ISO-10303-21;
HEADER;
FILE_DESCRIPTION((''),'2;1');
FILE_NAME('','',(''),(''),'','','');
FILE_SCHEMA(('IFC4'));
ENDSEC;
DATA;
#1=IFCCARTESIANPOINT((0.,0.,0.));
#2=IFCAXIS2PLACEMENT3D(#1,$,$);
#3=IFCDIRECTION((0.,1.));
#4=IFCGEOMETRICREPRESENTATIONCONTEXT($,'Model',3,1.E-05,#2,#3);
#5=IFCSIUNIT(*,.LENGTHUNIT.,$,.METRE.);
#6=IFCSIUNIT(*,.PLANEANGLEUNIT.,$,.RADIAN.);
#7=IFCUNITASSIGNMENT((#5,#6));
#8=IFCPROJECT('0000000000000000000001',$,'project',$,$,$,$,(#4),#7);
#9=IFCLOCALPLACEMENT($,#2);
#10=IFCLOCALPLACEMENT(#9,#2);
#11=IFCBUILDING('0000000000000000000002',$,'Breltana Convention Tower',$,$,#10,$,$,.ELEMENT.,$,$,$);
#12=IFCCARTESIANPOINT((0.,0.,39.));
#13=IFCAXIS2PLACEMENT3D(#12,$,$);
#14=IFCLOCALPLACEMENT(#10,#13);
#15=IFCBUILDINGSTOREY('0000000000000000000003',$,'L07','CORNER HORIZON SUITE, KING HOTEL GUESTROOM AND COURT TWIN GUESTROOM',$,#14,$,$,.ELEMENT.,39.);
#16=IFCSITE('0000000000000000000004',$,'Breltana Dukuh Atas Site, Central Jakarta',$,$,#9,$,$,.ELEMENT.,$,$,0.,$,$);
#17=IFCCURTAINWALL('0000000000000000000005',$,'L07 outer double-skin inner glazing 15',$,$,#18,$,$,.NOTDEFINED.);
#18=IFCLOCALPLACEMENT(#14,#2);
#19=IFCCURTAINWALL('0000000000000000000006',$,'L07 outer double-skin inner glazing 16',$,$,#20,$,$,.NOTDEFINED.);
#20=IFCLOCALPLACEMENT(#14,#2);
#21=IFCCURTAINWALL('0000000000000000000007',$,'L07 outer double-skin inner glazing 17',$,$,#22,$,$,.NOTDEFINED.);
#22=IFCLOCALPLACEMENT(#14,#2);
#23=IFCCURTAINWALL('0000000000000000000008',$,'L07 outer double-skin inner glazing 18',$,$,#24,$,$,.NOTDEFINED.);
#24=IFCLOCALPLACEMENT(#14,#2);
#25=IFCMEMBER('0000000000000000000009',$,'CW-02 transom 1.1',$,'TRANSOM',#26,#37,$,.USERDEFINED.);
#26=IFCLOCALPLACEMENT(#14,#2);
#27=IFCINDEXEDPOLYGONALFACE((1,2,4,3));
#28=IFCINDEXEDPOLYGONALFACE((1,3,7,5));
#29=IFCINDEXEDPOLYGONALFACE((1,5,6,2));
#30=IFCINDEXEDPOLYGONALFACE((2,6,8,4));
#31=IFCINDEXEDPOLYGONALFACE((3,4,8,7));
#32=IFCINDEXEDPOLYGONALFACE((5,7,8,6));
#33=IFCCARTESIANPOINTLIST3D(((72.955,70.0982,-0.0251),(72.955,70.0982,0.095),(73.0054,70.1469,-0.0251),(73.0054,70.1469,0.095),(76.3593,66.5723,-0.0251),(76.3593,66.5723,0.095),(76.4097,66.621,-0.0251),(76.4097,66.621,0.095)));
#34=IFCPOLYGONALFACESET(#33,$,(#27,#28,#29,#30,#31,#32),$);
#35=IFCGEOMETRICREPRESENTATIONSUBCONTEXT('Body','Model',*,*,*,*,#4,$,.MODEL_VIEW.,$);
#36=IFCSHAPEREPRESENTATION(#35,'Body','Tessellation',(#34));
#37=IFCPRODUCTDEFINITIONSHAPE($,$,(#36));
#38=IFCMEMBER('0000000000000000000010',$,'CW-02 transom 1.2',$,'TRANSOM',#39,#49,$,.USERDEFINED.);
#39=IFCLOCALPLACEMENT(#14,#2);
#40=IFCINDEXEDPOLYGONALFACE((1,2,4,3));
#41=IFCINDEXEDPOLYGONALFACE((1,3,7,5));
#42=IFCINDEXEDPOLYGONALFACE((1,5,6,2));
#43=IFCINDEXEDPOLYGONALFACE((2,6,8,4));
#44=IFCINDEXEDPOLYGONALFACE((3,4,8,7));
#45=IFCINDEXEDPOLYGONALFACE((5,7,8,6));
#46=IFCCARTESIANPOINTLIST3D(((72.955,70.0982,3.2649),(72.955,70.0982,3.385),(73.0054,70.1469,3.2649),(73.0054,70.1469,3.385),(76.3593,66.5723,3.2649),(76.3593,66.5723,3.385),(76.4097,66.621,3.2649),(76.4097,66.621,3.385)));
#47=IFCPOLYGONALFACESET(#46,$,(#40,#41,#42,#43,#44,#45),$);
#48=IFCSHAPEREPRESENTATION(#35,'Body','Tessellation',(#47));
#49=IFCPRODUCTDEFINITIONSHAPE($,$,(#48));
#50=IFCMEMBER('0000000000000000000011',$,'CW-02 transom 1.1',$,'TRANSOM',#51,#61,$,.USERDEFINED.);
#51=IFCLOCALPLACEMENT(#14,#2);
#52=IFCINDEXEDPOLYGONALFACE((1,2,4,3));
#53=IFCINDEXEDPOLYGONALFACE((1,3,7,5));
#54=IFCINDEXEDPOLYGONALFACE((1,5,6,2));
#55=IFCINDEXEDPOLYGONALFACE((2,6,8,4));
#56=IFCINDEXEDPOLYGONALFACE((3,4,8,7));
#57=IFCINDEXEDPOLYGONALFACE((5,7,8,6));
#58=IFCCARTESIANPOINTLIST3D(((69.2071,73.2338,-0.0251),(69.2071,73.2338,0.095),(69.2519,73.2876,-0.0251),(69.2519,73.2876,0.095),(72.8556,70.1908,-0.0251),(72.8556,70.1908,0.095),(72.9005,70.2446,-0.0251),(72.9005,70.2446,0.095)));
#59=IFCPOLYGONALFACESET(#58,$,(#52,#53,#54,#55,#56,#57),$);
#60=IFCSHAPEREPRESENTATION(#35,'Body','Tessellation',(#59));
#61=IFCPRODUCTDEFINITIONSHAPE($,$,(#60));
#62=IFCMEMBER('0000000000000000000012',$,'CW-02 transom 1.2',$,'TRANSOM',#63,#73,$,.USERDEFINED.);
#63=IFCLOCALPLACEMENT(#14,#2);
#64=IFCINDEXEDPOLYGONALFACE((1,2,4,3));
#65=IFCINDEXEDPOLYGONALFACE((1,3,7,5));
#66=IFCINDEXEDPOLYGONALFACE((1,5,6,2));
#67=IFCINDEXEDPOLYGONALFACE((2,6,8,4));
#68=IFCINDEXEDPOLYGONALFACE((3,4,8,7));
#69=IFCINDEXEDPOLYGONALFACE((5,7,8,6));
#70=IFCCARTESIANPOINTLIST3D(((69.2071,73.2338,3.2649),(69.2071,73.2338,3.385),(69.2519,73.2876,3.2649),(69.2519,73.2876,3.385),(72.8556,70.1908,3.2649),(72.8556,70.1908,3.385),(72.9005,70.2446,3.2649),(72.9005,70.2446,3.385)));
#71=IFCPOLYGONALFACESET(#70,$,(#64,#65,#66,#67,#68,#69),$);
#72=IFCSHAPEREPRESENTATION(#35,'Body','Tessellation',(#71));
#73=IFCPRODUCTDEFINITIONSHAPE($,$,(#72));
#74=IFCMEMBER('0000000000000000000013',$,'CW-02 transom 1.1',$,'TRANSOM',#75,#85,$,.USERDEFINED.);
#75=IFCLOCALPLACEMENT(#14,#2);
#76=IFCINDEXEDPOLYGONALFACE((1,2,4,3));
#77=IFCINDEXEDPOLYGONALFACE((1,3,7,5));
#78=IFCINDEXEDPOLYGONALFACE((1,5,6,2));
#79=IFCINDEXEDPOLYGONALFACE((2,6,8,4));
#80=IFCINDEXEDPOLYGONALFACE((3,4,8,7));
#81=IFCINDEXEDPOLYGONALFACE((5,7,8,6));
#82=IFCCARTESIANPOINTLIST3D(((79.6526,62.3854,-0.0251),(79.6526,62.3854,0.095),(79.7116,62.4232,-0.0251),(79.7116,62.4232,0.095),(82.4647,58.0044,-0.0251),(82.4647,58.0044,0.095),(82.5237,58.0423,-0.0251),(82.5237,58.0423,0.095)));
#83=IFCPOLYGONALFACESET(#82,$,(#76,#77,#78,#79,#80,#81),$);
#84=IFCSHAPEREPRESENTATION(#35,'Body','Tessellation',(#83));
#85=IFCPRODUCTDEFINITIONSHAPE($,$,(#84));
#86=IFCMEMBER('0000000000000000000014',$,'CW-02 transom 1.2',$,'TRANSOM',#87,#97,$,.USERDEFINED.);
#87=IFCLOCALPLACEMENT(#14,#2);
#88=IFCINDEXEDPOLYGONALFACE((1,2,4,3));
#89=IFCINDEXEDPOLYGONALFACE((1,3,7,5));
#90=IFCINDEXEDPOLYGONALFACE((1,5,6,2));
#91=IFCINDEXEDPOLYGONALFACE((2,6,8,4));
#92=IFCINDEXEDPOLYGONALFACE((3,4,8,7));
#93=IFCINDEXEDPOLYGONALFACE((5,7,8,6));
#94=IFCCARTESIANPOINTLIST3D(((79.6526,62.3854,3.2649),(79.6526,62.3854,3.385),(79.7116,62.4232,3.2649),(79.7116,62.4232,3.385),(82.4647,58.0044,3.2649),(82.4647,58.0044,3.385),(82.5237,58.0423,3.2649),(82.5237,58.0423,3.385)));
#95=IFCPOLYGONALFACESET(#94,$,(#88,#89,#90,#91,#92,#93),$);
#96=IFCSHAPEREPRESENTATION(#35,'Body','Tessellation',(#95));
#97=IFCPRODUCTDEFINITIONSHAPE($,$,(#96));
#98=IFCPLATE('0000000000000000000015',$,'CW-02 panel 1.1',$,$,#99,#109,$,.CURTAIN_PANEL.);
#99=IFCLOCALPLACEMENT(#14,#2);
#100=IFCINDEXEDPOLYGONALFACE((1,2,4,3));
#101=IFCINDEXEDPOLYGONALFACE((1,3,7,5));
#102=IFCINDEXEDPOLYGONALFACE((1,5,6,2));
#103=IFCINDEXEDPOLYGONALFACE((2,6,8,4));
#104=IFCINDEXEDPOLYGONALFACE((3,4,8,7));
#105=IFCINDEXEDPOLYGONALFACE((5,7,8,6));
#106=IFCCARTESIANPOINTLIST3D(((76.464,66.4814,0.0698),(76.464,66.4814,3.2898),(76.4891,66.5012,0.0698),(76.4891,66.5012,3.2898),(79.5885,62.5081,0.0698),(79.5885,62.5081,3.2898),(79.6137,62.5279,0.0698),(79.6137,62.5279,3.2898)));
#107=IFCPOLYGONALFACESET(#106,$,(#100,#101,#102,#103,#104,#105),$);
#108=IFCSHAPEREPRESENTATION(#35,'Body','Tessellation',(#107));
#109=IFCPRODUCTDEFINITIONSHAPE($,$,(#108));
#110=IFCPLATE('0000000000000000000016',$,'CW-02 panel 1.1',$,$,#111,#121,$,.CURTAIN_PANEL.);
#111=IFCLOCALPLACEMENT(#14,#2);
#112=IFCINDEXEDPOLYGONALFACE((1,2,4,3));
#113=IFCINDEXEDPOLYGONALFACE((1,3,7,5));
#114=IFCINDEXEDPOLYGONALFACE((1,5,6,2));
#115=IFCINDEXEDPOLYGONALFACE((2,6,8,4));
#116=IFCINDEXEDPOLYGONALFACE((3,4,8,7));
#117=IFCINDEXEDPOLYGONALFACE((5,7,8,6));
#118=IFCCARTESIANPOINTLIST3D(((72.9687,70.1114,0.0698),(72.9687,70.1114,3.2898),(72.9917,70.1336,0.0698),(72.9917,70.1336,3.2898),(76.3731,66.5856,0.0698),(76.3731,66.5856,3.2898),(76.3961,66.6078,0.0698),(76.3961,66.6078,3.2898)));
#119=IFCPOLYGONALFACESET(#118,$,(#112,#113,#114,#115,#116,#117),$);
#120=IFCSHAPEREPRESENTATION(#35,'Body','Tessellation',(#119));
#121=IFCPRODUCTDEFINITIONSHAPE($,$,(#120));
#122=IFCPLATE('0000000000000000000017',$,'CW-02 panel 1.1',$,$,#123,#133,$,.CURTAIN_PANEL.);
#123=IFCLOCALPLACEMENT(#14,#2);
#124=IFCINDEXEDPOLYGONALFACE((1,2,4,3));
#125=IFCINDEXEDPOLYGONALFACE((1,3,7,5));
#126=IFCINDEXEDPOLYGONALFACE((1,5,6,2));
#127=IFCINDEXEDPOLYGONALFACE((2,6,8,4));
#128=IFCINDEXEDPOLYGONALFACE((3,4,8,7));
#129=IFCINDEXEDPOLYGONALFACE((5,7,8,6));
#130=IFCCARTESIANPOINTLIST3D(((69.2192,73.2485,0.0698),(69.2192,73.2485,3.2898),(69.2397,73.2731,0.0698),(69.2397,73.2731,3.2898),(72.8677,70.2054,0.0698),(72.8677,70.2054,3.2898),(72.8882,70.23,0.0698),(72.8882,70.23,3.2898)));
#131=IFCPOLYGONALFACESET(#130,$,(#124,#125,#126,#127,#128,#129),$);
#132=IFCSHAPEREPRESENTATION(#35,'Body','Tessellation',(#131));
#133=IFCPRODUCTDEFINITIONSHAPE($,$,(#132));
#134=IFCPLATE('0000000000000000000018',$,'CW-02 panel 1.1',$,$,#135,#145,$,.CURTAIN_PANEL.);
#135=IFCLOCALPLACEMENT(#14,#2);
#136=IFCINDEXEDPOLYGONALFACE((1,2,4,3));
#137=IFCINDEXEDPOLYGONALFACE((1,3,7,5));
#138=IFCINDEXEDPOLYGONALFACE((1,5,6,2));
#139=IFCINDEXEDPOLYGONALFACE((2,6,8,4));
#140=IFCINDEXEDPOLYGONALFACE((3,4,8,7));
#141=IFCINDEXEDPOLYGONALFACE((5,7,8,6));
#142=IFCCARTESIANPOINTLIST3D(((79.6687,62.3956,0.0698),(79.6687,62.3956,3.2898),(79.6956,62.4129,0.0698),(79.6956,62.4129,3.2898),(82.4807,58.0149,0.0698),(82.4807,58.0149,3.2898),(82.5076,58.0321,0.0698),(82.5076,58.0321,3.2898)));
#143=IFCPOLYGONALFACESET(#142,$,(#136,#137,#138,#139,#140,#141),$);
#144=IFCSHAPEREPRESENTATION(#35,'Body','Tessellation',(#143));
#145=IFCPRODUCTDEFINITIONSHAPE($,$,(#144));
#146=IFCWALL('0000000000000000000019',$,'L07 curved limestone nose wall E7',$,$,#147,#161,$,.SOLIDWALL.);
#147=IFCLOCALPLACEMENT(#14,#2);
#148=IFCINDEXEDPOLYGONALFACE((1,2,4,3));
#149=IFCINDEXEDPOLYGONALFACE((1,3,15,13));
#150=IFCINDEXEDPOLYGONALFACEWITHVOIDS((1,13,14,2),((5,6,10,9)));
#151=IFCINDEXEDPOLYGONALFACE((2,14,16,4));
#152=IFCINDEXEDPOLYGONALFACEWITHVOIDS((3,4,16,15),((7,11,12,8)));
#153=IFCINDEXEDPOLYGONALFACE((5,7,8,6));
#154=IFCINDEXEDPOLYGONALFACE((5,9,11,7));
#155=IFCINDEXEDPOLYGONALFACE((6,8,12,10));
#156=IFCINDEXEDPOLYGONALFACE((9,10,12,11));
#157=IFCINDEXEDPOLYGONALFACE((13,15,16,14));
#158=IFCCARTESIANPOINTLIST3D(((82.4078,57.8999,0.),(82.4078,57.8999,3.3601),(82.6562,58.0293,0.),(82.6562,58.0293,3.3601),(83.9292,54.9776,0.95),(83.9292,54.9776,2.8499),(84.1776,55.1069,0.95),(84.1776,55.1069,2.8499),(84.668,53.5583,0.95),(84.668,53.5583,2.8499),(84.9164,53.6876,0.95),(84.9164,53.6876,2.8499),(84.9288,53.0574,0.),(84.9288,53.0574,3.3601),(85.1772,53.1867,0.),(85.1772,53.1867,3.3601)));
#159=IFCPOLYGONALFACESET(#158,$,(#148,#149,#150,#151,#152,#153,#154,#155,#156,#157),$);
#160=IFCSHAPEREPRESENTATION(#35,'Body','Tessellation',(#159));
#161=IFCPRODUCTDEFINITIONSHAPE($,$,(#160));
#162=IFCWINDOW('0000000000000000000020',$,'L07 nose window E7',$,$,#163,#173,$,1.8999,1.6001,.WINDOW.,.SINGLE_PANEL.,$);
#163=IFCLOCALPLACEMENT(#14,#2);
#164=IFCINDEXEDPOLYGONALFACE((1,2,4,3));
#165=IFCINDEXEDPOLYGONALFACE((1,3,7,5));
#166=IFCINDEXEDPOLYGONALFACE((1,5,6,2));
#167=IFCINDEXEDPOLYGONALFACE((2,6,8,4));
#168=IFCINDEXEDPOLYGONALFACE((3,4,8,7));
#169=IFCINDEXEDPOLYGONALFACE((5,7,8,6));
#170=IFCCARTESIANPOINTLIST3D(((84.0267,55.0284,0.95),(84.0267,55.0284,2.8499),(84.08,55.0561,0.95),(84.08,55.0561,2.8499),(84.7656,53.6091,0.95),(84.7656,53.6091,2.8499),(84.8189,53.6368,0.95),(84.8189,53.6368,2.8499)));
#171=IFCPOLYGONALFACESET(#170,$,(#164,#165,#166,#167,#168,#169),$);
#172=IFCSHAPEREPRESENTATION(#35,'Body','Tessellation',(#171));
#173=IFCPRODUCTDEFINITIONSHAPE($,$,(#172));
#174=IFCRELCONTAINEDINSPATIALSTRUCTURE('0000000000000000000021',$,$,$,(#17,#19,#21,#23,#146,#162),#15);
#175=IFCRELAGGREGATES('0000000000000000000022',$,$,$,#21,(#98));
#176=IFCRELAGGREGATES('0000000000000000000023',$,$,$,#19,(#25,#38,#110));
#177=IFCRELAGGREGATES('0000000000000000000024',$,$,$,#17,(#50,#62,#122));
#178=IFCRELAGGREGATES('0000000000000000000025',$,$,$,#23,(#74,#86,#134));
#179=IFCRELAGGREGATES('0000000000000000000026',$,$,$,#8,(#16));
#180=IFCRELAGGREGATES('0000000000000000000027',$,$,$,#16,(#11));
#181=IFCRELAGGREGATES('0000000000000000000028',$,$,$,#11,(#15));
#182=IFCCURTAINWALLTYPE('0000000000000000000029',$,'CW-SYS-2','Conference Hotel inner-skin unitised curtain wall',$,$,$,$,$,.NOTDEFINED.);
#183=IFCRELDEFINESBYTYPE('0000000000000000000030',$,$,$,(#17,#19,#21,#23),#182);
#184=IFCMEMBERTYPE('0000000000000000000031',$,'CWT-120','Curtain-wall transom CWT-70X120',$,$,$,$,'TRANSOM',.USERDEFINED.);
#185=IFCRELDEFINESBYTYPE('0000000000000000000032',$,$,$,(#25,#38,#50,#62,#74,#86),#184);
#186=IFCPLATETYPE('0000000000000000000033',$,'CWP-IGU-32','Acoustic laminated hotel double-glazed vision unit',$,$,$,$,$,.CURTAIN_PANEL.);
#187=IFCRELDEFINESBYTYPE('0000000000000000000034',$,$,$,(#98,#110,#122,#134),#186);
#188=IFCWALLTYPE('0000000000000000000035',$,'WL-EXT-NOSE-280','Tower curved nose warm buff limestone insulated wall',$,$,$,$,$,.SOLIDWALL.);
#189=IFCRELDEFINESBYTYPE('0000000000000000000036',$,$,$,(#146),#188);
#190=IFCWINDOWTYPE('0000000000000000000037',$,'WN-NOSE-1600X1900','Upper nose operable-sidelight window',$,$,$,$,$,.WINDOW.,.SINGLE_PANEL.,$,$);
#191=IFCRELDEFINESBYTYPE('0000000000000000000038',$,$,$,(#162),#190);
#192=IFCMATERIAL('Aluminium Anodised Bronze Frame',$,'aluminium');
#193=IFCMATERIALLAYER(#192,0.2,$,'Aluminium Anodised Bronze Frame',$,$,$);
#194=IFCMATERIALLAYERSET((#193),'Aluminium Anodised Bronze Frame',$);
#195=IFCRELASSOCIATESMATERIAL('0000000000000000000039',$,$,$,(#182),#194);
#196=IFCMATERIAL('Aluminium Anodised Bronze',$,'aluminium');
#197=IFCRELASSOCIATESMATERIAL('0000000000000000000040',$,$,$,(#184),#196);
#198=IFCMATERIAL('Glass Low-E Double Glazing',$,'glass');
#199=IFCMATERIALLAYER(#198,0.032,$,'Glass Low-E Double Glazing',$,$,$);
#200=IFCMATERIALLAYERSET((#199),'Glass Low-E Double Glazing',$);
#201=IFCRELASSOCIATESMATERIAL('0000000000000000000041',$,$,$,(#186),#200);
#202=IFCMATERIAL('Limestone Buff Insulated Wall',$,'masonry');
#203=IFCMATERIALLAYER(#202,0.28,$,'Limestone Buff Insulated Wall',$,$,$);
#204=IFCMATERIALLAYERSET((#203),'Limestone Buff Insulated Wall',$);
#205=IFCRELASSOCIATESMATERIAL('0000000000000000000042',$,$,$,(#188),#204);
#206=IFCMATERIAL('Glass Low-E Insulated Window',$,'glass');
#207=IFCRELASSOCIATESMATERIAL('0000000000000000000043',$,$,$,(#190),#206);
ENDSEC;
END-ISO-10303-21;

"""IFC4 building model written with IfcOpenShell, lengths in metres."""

from ifc_helpers import new_model, si_unit, direction, frame, frame_2d, origin, origin_2d, place, context, subcontext, project, spatial, rectangle, extrude, source, transform, mapped, material, layer, layer_set, material_profile, profile_set, type_object, type_shapes, element, fill, aggregate, save


model = new_model("IFC4")

# Units and contexts
model_context = context("Model", 3, precision=1e-05, world=origin(), true_north=direction((0.0, 1.0)))
body_context = subcontext(model_context, "Body", "Model", "MODEL_VIEW")
ifc_project = project(units=[si_unit("LENGTHUNIT", "METRE"), si_unit("PLANEANGLEUNIT", "RADIAN")], contexts=[model_context])

# Site, building, storey
site_placement = place(None, origin())
site = spatial("IfcSite", under=ifc_project, at=site_placement, Name="Breltana Dukuh Atas Site, Central Jakarta", CompositionType="ELEMENT", RefElevation=0.0)
building_placement = place(site_placement, origin())
building = spatial("IfcBuilding", under=site, at=building_placement, Name="Breltana Convention Tower", CompositionType="ELEMENT")
storey_placement = place(building_placement, frame((0.0, 0.0, 39.0)))
storey = spatial("IfcBuildingStorey", under=building, at=storey_placement, Name="L07", Description="CORNER HORIZON SUITE, KING HOTEL GUESTROOM AND COURT TWIN GUESTROOM", CompositionType="ELEMENT", Elevation=39.0)

# Curtain wall
ifc_material_1 = material(Name="Aluminium Anodised Bronze Frame", Category="aluminium")
ifc_layer_1 = layer(ifc_material_1, 0.2, Name="Aluminium Anodised Bronze Frame")
ifc_layer_set_1 = layer_set([ifc_layer_1], Name="Aluminium Anodised Bronze Frame")
curtain_wall_type = type_object("IfcCurtainWallType", Name="CW-SYS-2", Description="Conference Hotel inner-skin unitised curtain wall", PredefinedType="NOTDEFINED", material=ifc_layer_set_1)
curtain_wall_1_placement = place(storey_placement, origin())
curtain_wall_1 = element("IfcCurtainWall", 1, at=curtain_wall_1_placement, inside=storey, type_object=curtain_wall_type, Name="L07 outer double-skin inner glazing 15", PredefinedType="NOTDEFINED")
ifc_material_2 = material(Name="Aluminium Anodised Bronze", Category="aluminium")

# Curtain walls
curtain_wall_2_placement = place(storey_placement, origin())
curtain_wall_2 = element("IfcCurtainWall", 2, at=curtain_wall_2_placement, inside=storey, type_object=curtain_wall_type, Name="L07 outer double-skin inner glazing 16", PredefinedType="NOTDEFINED")
curtain_wall_3_placement = place(storey_placement, origin())
curtain_wall_3 = element("IfcCurtainWall", 3, at=curtain_wall_3_placement, inside=storey, type_object=curtain_wall_type, Name="L07 outer double-skin inner glazing 17", PredefinedType="NOTDEFINED")
curtain_wall_4_placement = place(storey_placement, origin())
curtain_wall_4 = element("IfcCurtainWall", 4, at=curtain_wall_4_placement, inside=storey, type_object=curtain_wall_type, Name="L07 outer double-skin inner glazing 18", PredefinedType="NOTDEFINED")

# Members
ifc_material_profile_1 = material_profile(ifc_material_2, rectangle(XDim=0.0701, YDim=0.1201, at=origin_2d()), Name="CWT-70X120")
ifc_profile_set_1 = profile_set([ifc_material_profile_1], Name="Aluminium Anodised Bronze")
member_type_1 = type_object("IfcMemberType", Name="CWT-120", Description="Curtain-wall transom CWT-70X120", ElementType="TRANSOM", PredefinedType="USERDEFINED", material=ifc_profile_set_1)
shared_shape_1 = source(origin(), body_context, "Body", "SweptSolid", [
    extrude(rectangle(XDim=0.0701, YDim=0.1201, at=origin_2d()), origin(), (0.0, 0.0, 1.0), 4.9011),
])
member_1_placement = place(storey_placement, frame((72.9802, 70.1226, 0.0349), z_axis=(0.694595, -0.719401, 0.0), x_axis=(0.719401, 0.694595, 0.0)))
member_1 = element("IfcMember", 5, at=member_1_placement, type_object=member_type_1, Name="CW-02 transom 1.1", ObjectType="TRANSOM", PredefinedType="USERDEFINED", context=body_context, shape_type="MappedRepresentation", body=[
    mapped(shared_shape_1, transform((0.0, 0.0, 0.0), scale=1.0)),
])
member_2_placement = place(storey_placement, frame((72.9802, 70.1226, 3.325), z_axis=(0.694595, -0.719401, 0.0), x_axis=(0.719401, 0.694595, 0.0)))
member_2 = element("IfcMember", 6, at=member_2_placement, type_object=member_type_1, Name="CW-02 transom 1.2", ObjectType="TRANSOM", PredefinedType="USERDEFINED", context=body_context, shape_type="MappedRepresentation", body=[
    mapped(shared_shape_1, transform((0.0, 0.0, 0.0), scale=1.0)),
])
shared_shape_2 = source(origin(), body_context, "Body", "SweptSolid", [
    extrude(rectangle(XDim=0.0701, YDim=0.1201, at=origin_2d()), origin(), (0.0, 0.0, 1.0), 4.751),
])
member_3_placement = place(storey_placement, frame((69.2295, 73.2607, 0.0349), z_axis=(0.767952, -0.640508, 0.0), x_axis=(0.640508, 0.767952, 0.0)))
member_3 = element("IfcMember", 7, at=member_3_placement, type_object=member_type_1, Name="CW-02 transom 1.1", ObjectType="TRANSOM", PredefinedType="USERDEFINED", context=body_context, shape_type="MappedRepresentation", body=[
    mapped(shared_shape_2, transform((0.0, 0.0, 0.0), scale=1.0)),
])
member_4_placement = place(storey_placement, frame((69.2295, 73.2607, 3.325), z_axis=(0.767952, -0.640508, 0.0), x_axis=(0.640508, 0.767952, 0.0)))
member_4 = element("IfcMember", 8, at=member_4_placement, type_object=member_type_1, Name="CW-02 transom 1.2", ObjectType="TRANSOM", PredefinedType="USERDEFINED", context=body_context, shape_type="MappedRepresentation", body=[
    mapped(shared_shape_2, transform((0.0, 0.0, 0.0), scale=1.0)),
])
shared_shape_3 = source(origin(), body_context, "Body", "SweptSolid", [
    extrude(rectangle(XDim=0.0701, YDim=0.1201, at=origin_2d()), origin(), (0.0, 0.0, 1.0), 5.2058),
])
member_5_placement = place(storey_placement, frame((79.6821, 62.4043, 0.0349), z_axis=(0.540179, -0.84155, 0.0), x_axis=(0.84155, 0.540179, 0.0)))
member_5 = element("IfcMember", 9, at=member_5_placement, type_object=member_type_1, Name="CW-02 transom 1.1", ObjectType="TRANSOM", PredefinedType="USERDEFINED", context=body_context, shape_type="MappedRepresentation", body=[
    mapped(shared_shape_3, transform((0.0, 0.0, 0.0), scale=1.0)),
])
member_6_placement = place(storey_placement, frame((79.6821, 62.4043, 3.325), z_axis=(0.540179, -0.84155, 0.0), x_axis=(0.84155, 0.540179, 0.0)))
member_6 = element("IfcMember", 10, at=member_6_placement, type_object=member_type_1, Name="CW-02 transom 1.2", ObjectType="TRANSOM", PredefinedType="USERDEFINED", context=body_context, shape_type="MappedRepresentation", body=[
    mapped(shared_shape_3, transform((0.0, 0.0, 0.0), scale=1.0)),
])

# Plates
ifc_material_3 = material(Name="Glass Low-E Double Glazing", Category="glass")
ifc_layer_2 = layer(ifc_material_3, 0.032, Name="Glass Low-E Double Glazing")
ifc_layer_set_2 = layer_set([ifc_layer_2], Name="Glass Low-E Double Glazing")
plate_type = type_object("IfcPlateType", Name="CWP-IGU-32", Description="Acoustic laminated hotel double-glazed vision unit", PredefinedType="CURTAIN_PANEL", material=ifc_layer_set_2)
shared_shape_4 = source(origin(), body_context, "Body", "SweptSolid", [
    extrude(rectangle(XDim=5.0547, YDim=0.032, at=origin_2d()), origin(), (0.0, 0.0, 1.0), 3.22),
])
plate_1_placement = place(storey_placement, frame((78.0388, 64.5046, 0.0698), z_axis=(0.0, 0.0, 1.0), x_axis=(0.618154, -0.786057, 0.0)))
plate_1 = element("IfcPlate", 11, at=plate_1_placement, type_object=plate_type, Name="CW-02 panel 1.1", PredefinedType="CURTAIN_PANEL", context=body_context, shape_type="MappedRepresentation", body=[
    mapped(shared_shape_4, transform((0.0, 0.0, 0.0), scale=1.0)),
])
aggregate(curtain_wall_3, [plate_1])
shared_shape_5 = source(origin(), body_context, "Body", "SweptSolid", [
    extrude(rectangle(XDim=4.9011, YDim=0.032, at=origin_2d()), origin(), (0.0, 0.0, 1.0), 3.22),
])
plate_2_placement = place(storey_placement, frame((74.6824, 68.3596, 0.0698), z_axis=(0.0, 0.0, 1.0), x_axis=(0.69461, -0.719386, 0.0)))
plate_2 = element("IfcPlate", 12, at=plate_2_placement, type_object=plate_type, Name="CW-02 panel 1.1", PredefinedType="CURTAIN_PANEL", context=body_context, shape_type="MappedRepresentation", body=[
    mapped(shared_shape_5, transform((0.0, 0.0, 0.0), scale=1.0)),
])
aggregate(curtain_wall_2, [member_1, member_2, plate_2])
shared_shape_6 = source(origin(), body_context, "Body", "SweptSolid", [
    extrude(rectangle(XDim=4.751, YDim=0.032, at=origin_2d()), origin(), (0.0, 0.0, 1.0), 3.22),
])
plate_3_placement = place(storey_placement, frame((71.0537, 71.7393, 0.0698), z_axis=(0.0, 0.0, 1.0), x_axis=(0.767941, -0.64052, 0.0)))
plate_3 = element("IfcPlate", 13, at=plate_3_placement, type_object=plate_type, Name="CW-02 panel 1.1", PredefinedType="CURTAIN_PANEL", context=body_context, shape_type="MappedRepresentation", body=[
    mapped(shared_shape_6, transform((0.0, 0.0, 0.0), scale=1.0)),
])
aggregate(curtain_wall_1, [member_3, member_4, plate_3])
shared_shape_7 = source(origin(), body_context, "Body", "SweptSolid", [
    extrude(rectangle(XDim=5.2056, YDim=0.032, at=origin_2d()), origin(), (0.0, 0.0, 1.0), 3.22),
])
plate_4_placement = place(storey_placement, frame((81.0881, 60.2139, 0.0698), z_axis=(0.0, 0.0, 1.0), x_axis=(0.540181, -0.841549, 0.0)))
plate_4 = element("IfcPlate", 14, at=plate_4_placement, type_object=plate_type, Name="CW-02 panel 1.1", PredefinedType="CURTAIN_PANEL", context=body_context, shape_type="MappedRepresentation", body=[
    mapped(shared_shape_7, transform((0.0, 0.0, 0.0), scale=1.0)),
])
aggregate(curtain_wall_4, [member_5, member_6, plate_4])

# Wall, opening, window
ifc_material_4 = material(Name="Limestone Buff Insulated Wall", Category="masonry")
ifc_layer_3 = layer(ifc_material_4, 0.28, Name="Limestone Buff Insulated Wall")
ifc_layer_set_3 = layer_set([ifc_layer_3], Name="Limestone Buff Insulated Wall")
wall_type_1 = type_object("IfcWallType", Name="WL-EXT-NOSE-280", Description="Tower curved nose warm buff limestone insulated wall", PredefinedType="SOLIDWALL", material=ifc_layer_set_3)
shared_shape_8 = source(origin(), body_context, "Body", "SweptSolid", [
    extrude(rectangle(XDim=5.4595, YDim=0.28, at=frame_2d((2.7297, 0.0))), origin(), (0.0, 0.0, 1.0), 3.3601),
])
wall_1_placement = place(storey_placement, frame((82.532, 57.9646, 0.0), z_axis=(0.0, 0.0, 1.0), x_axis=(0.461768, -0.887001, 0.0)))
wall_1 = element("IfcWall", 15, at=wall_1_placement, inside=storey, type_object=wall_type_1, Name="L07 curved limestone nose wall E7", PredefinedType="SOLIDWALL", context=body_context, shape_type="MappedRepresentation", body=[
    mapped(shared_shape_8, transform((0.0, 0.0, 0.0), scale=1.0)),
])
opening_placement = place(wall_1_placement, frame((3.2947, 0.0, 0.95)))
opening = element("IfcOpeningElement", 16, at=opening_placement, cuts=wall_1, PredefinedType="OPENING", context=body_context, shape_type="SweptSolid", body=[
    extrude(rectangle(XDim=1.6001, YDim=1.8999, at=frame_2d((0.8, 0.95))), frame((0.0, 0.1499, 0.0), z_axis=(0.0, -1.0, 0.0), x_axis=(1.0, 0.0, 0.0)), (0.0, 0.0, 1.0), 0.3),
])
ifc_material_5 = material(Name="Glass Low-E Insulated Window", Category="glass")
window_type = type_object("IfcWindowType", Name="WN-NOSE-1600X1900", Description="Upper nose operable-sidelight window", PartitioningType="SINGLE_PANEL", PredefinedType="WINDOW", material=ifc_material_5)
shared_shape_9 = source(origin(), body_context, "Body", "SweptSolid", [
    extrude(rectangle(XDim=1.6001, YDim=1.8999, at=frame_2d((0.8, 0.95))), frame((0.0, 0.03, 0.0), z_axis=(0.0, -1.0, 0.0), x_axis=(1.0, 0.0, 0.0)), (0.0, 0.0, 1.0), 0.0601),
])
type_shapes(window_type, [shared_shape_9])
window_placement = place(opening_placement, origin())
window = element("IfcWindow", 17, at=window_placement, inside=storey, type_object=window_type, Name="L07 nose window E7", OverallHeight=1.8999, OverallWidth=1.6001, PartitioningType="SINGLE_PANEL", PredefinedType="WINDOW", context=body_context, shape_type="MappedRepresentation", body=[
    mapped(shared_shape_9, transform((0.0, 0.0, 0.0), scale=1.0)),
])
fill(opening, window)

save(model, "model.ifc")
